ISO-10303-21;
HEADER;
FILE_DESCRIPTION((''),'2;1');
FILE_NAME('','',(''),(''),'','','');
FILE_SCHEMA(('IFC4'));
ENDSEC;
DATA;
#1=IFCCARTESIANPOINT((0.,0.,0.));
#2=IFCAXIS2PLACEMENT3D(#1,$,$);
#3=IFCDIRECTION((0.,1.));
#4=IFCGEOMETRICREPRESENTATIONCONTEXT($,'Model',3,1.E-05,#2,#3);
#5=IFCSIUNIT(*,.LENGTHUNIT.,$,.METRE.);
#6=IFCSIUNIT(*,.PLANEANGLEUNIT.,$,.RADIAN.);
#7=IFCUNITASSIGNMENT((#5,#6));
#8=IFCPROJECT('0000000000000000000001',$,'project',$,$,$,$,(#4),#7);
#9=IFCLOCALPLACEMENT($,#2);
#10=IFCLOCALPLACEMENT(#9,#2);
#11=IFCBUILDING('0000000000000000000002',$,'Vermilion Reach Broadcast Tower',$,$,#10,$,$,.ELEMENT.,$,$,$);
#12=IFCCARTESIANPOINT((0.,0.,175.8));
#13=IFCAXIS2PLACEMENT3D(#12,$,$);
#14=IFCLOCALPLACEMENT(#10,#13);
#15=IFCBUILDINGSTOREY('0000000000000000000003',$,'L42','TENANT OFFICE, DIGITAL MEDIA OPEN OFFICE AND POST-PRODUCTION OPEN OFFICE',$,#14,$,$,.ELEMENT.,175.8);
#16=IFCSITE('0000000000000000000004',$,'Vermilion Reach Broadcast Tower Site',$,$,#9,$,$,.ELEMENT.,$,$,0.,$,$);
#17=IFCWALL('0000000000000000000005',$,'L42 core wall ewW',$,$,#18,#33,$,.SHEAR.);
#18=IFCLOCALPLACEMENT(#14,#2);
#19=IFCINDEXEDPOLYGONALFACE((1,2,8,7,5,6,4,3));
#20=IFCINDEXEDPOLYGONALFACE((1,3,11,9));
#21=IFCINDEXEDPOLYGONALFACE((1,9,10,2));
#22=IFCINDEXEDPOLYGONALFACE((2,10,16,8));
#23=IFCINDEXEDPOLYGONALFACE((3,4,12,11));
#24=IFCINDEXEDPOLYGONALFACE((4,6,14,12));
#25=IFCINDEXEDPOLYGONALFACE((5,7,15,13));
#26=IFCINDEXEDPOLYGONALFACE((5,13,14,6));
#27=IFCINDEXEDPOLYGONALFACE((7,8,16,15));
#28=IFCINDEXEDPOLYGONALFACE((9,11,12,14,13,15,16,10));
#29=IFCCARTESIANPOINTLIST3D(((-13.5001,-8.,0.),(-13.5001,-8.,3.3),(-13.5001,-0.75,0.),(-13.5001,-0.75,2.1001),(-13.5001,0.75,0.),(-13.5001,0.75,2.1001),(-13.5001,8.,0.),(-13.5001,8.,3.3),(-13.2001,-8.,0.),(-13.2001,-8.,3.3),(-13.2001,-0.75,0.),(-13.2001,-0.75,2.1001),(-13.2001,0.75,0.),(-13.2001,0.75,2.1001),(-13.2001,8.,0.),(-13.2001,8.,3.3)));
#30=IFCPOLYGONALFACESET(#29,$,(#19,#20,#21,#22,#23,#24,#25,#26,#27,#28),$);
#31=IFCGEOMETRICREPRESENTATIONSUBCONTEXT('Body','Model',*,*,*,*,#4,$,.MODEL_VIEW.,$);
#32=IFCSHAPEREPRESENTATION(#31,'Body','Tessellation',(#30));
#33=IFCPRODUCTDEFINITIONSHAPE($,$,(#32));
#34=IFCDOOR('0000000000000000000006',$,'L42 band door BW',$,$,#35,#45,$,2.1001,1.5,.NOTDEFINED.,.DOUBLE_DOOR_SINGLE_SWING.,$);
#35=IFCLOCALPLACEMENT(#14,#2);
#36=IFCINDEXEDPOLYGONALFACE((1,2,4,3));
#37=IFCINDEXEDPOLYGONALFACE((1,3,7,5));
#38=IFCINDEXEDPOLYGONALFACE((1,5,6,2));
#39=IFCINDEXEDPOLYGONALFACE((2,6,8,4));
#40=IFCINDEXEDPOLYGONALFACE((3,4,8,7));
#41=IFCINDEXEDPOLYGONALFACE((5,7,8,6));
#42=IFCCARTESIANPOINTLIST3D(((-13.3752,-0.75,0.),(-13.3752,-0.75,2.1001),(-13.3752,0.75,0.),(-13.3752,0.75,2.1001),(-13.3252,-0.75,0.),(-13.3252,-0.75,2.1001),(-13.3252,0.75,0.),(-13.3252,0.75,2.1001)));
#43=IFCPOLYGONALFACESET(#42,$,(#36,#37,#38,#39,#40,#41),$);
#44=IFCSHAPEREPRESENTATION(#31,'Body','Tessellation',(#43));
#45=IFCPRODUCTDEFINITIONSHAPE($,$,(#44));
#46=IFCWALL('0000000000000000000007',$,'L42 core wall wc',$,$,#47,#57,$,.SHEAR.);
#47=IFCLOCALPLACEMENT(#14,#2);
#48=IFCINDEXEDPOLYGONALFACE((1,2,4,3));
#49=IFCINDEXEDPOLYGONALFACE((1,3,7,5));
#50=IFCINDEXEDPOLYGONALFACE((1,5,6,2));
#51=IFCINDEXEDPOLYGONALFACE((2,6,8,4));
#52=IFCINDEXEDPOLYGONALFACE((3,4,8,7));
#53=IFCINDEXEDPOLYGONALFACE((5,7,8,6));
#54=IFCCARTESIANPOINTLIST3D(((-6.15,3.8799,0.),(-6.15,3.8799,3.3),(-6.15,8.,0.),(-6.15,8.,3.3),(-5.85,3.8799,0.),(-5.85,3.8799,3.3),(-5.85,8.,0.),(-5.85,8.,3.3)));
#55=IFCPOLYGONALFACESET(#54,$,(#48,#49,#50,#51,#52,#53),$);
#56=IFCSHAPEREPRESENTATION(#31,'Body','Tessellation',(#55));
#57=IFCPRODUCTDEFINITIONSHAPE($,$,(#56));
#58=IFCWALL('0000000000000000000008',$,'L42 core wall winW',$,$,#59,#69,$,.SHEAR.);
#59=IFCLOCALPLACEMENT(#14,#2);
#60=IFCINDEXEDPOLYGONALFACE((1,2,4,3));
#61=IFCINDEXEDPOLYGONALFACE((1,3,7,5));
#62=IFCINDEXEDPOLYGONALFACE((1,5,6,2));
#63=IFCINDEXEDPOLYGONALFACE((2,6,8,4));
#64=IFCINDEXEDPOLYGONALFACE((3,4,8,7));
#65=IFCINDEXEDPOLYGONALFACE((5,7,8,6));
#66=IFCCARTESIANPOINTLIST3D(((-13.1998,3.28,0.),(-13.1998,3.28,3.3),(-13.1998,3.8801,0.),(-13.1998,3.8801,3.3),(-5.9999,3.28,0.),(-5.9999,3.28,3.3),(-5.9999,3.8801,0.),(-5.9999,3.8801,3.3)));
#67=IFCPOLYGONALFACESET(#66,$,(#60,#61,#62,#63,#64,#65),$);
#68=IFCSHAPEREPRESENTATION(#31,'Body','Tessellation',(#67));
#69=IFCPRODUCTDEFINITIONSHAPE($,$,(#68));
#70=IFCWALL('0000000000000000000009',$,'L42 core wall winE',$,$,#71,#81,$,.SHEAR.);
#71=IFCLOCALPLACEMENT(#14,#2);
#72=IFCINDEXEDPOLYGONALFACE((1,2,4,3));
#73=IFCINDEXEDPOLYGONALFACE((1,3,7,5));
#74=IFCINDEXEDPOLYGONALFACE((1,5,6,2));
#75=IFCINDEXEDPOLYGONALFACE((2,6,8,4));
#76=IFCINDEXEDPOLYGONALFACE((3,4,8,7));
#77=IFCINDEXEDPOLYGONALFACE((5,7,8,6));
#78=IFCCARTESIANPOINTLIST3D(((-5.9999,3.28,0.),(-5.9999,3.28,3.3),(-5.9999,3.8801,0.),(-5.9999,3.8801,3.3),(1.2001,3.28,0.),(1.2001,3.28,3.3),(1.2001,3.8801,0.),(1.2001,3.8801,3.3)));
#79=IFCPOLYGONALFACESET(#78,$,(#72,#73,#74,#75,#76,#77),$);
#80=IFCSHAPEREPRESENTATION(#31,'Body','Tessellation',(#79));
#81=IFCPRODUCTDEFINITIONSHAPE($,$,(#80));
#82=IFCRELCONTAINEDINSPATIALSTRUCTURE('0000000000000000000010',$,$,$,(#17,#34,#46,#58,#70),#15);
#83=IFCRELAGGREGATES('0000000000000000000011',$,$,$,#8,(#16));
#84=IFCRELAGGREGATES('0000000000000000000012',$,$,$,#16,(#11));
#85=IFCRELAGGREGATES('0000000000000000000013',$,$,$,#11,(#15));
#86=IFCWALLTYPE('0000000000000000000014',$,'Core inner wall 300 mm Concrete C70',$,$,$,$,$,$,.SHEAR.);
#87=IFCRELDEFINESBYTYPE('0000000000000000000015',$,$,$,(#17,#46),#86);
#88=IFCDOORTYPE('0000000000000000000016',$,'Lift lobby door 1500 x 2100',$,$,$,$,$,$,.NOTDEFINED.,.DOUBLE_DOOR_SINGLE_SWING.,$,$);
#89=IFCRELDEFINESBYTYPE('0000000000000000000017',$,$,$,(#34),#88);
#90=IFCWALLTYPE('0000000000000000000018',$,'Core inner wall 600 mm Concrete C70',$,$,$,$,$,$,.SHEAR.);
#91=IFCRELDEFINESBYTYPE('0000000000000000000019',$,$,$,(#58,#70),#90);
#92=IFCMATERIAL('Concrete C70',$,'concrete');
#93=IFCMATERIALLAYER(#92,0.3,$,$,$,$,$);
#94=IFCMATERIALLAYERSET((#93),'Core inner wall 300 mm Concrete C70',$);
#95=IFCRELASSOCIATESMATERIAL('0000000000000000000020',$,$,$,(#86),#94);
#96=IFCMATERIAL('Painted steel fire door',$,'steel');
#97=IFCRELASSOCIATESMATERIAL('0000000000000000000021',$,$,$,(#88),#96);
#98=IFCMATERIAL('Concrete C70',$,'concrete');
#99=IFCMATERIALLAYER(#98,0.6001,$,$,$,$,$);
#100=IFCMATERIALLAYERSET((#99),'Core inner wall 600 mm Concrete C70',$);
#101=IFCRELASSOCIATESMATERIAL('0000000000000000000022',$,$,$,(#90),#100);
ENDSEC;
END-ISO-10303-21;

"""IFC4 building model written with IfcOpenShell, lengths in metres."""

from ifc_helpers import new_model, si_unit, direction, frame, frame_2d, origin, place, context, subcontext, project, spatial, rectangle, extrude, material, layer, layer_set, type_object, element, fill, save


model = new_model("IFC4")

# Units and contexts
model_context = context("Model", 3, precision=1e-05, world=origin(), true_north=direction((0.0, 1.0)))
body_context = subcontext(model_context, "Body", "Model", "MODEL_VIEW")
ifc_project = project(units=[si_unit("LENGTHUNIT", "METRE"), si_unit("PLANEANGLEUNIT", "RADIAN")], contexts=[model_context])

# Site, building, storey
site_placement = place(None, origin())
site = spatial("IfcSite", under=ifc_project, at=site_placement, Name="Vermilion Reach Broadcast Tower Site", CompositionType="ELEMENT", RefElevation=0.0)
building_placement = place(site_placement, origin())
building = spatial("IfcBuilding", under=site, at=building_placement, Name="Vermilion Reach Broadcast Tower", CompositionType="ELEMENT")
storey_placement = place(building_placement, frame((0.0, 0.0, 175.8)))
storey = spatial("IfcBuildingStorey", under=building, at=storey_placement, Name="L42", Description="TENANT OFFICE, DIGITAL MEDIA OPEN OFFICE AND POST-PRODUCTION OPEN OFFICE", CompositionType="ELEMENT", Elevation=175.8)

# Wall, opening, door
ifc_material_1 = material(Name="Concrete C70", Category="concrete")
ifc_layer_1 = layer(ifc_material_1, 0.3)
ifc_layer_set_1 = layer_set([ifc_layer_1], Name="Core inner wall 300 mm Concrete C70")
wall_type_1 = type_object("IfcWallType", Name="Core inner wall 300 mm Concrete C70", PredefinedType="SHEAR", material=ifc_layer_set_1)
wall_1_placement = place(storey_placement, frame((-13.3501, 8.0, 0.0), z_axis=(0.0, 0.0, 1.0), x_axis=(0.0, -1.0, 0.0)))
wall_1 = element("IfcWall", 1, at=wall_1_placement, inside=storey, type_object=wall_type_1, Name="L42 core wall ewW", PredefinedType="SHEAR", context=body_context, shape_type="SweptSolid", body=[
    extrude(rectangle(XDim=16.0, YDim=0.3, at=frame_2d((8.0, 0.0))), origin(), (0.0, 0.0, 1.0), 3.3),
])
opening_1_placement = place(wall_1_placement, frame((7.25, 0.0, 0.0)))
opening_1 = element("IfcOpeningElement", 2, at=opening_1_placement, cuts=wall_1, PredefinedType="OPENING", context=body_context, shape_type="SweptSolid", body=[
    extrude(rectangle(XDim=1.5, YDim=2.1001, at=frame_2d((0.75, 1.05))), frame((0.0, 0.1599, 0.0), z_axis=(0.0, -1.0, 0.0), x_axis=(1.0, 0.0, 0.0)), (0.0, 0.0, 1.0), 0.3201),
])
ifc_material_2 = material(Name="Painted steel fire door", Category="steel")
door_type_1 = type_object("IfcDoorType", Name="Lift lobby door 1500 x 2100", OperationType="DOUBLE_DOOR_SINGLE_SWING", PredefinedType="NOTDEFINED", material=ifc_material_2)
door_1_placement = place(opening_1_placement, origin())
door_1 = element("IfcDoor", 3, at=door_1_placement, inside=storey, type_object=door_type_1, Name="L42 band door BW", OperationType="DOUBLE_DOOR_SINGLE_SWING", OverallHeight=2.1001, OverallWidth=1.5, PredefinedType="NOTDEFINED", context=body_context, shape_type="SweptSolid", body=[
    extrude(rectangle(XDim=1.5, YDim=2.1001, at=frame_2d((0.75, 1.05))), frame((0.0, 0.0249, 0.0), z_axis=(0.0, -1.0, 0.0), x_axis=(1.0, 0.0, 0.0)), (0.0, 0.0, 1.0), 0.05),
])
fill(opening_1, door_1)

# Walls
wall_2_placement = place(storey_placement, frame((-6.0, 3.8799, 0.0), z_axis=(0.0, 0.0, 1.0), x_axis=(0.0, 1.0, 0.0)))
element("IfcWall", 4, at=wall_2_placement, inside=storey, type_object=wall_type_1, Name="L42 core wall wc", PredefinedType="SHEAR", context=body_context, shape_type="SweptSolid", body=[
    extrude(rectangle(XDim=4.1201, YDim=0.3, at=frame_2d((2.0601, 0.0))), origin(), (0.0, 0.0, 1.0), 3.3),
])
ifc_material_3 = material(Name="Concrete C70", Category="concrete")
ifc_layer_2 = layer(ifc_material_3, 0.6001)
ifc_layer_set_2 = layer_set([ifc_layer_2], Name="Core inner wall 600 mm Concrete C70")
wall_type_2 = type_object("IfcWallType", Name="Core inner wall 600 mm Concrete C70", PredefinedType="SHEAR", material=ifc_layer_set_2)
for number, where, z_axis, x_axis, name in (
    (5, (-13.2, 3.5801, 0.0), (0.0, 0.0, 1.0), (1.0, 0.0, 0.0), "L42 core wall winW"),
    (6, (-6.0, 3.5801, 0.0), (0.0, 0.0, 1.0), (1.0, 0.0, 0.0), "L42 core wall winE"),
):
    element("IfcWall", number, at=place(storey_placement, frame(where, z_axis=z_axis, x_axis=x_axis)), inside=storey, type_object=wall_type_2, Name=name, PredefinedType="SHEAR", context=body_context, shape_type="SweptSolid", body=[
        extrude(rectangle(XDim=7.2, YDim=0.6001, at=frame_2d((3.6001, 0.0))), origin(), (0.0, 0.0, 1.0), 3.3),
    ])

save(model, "model.ifc")
